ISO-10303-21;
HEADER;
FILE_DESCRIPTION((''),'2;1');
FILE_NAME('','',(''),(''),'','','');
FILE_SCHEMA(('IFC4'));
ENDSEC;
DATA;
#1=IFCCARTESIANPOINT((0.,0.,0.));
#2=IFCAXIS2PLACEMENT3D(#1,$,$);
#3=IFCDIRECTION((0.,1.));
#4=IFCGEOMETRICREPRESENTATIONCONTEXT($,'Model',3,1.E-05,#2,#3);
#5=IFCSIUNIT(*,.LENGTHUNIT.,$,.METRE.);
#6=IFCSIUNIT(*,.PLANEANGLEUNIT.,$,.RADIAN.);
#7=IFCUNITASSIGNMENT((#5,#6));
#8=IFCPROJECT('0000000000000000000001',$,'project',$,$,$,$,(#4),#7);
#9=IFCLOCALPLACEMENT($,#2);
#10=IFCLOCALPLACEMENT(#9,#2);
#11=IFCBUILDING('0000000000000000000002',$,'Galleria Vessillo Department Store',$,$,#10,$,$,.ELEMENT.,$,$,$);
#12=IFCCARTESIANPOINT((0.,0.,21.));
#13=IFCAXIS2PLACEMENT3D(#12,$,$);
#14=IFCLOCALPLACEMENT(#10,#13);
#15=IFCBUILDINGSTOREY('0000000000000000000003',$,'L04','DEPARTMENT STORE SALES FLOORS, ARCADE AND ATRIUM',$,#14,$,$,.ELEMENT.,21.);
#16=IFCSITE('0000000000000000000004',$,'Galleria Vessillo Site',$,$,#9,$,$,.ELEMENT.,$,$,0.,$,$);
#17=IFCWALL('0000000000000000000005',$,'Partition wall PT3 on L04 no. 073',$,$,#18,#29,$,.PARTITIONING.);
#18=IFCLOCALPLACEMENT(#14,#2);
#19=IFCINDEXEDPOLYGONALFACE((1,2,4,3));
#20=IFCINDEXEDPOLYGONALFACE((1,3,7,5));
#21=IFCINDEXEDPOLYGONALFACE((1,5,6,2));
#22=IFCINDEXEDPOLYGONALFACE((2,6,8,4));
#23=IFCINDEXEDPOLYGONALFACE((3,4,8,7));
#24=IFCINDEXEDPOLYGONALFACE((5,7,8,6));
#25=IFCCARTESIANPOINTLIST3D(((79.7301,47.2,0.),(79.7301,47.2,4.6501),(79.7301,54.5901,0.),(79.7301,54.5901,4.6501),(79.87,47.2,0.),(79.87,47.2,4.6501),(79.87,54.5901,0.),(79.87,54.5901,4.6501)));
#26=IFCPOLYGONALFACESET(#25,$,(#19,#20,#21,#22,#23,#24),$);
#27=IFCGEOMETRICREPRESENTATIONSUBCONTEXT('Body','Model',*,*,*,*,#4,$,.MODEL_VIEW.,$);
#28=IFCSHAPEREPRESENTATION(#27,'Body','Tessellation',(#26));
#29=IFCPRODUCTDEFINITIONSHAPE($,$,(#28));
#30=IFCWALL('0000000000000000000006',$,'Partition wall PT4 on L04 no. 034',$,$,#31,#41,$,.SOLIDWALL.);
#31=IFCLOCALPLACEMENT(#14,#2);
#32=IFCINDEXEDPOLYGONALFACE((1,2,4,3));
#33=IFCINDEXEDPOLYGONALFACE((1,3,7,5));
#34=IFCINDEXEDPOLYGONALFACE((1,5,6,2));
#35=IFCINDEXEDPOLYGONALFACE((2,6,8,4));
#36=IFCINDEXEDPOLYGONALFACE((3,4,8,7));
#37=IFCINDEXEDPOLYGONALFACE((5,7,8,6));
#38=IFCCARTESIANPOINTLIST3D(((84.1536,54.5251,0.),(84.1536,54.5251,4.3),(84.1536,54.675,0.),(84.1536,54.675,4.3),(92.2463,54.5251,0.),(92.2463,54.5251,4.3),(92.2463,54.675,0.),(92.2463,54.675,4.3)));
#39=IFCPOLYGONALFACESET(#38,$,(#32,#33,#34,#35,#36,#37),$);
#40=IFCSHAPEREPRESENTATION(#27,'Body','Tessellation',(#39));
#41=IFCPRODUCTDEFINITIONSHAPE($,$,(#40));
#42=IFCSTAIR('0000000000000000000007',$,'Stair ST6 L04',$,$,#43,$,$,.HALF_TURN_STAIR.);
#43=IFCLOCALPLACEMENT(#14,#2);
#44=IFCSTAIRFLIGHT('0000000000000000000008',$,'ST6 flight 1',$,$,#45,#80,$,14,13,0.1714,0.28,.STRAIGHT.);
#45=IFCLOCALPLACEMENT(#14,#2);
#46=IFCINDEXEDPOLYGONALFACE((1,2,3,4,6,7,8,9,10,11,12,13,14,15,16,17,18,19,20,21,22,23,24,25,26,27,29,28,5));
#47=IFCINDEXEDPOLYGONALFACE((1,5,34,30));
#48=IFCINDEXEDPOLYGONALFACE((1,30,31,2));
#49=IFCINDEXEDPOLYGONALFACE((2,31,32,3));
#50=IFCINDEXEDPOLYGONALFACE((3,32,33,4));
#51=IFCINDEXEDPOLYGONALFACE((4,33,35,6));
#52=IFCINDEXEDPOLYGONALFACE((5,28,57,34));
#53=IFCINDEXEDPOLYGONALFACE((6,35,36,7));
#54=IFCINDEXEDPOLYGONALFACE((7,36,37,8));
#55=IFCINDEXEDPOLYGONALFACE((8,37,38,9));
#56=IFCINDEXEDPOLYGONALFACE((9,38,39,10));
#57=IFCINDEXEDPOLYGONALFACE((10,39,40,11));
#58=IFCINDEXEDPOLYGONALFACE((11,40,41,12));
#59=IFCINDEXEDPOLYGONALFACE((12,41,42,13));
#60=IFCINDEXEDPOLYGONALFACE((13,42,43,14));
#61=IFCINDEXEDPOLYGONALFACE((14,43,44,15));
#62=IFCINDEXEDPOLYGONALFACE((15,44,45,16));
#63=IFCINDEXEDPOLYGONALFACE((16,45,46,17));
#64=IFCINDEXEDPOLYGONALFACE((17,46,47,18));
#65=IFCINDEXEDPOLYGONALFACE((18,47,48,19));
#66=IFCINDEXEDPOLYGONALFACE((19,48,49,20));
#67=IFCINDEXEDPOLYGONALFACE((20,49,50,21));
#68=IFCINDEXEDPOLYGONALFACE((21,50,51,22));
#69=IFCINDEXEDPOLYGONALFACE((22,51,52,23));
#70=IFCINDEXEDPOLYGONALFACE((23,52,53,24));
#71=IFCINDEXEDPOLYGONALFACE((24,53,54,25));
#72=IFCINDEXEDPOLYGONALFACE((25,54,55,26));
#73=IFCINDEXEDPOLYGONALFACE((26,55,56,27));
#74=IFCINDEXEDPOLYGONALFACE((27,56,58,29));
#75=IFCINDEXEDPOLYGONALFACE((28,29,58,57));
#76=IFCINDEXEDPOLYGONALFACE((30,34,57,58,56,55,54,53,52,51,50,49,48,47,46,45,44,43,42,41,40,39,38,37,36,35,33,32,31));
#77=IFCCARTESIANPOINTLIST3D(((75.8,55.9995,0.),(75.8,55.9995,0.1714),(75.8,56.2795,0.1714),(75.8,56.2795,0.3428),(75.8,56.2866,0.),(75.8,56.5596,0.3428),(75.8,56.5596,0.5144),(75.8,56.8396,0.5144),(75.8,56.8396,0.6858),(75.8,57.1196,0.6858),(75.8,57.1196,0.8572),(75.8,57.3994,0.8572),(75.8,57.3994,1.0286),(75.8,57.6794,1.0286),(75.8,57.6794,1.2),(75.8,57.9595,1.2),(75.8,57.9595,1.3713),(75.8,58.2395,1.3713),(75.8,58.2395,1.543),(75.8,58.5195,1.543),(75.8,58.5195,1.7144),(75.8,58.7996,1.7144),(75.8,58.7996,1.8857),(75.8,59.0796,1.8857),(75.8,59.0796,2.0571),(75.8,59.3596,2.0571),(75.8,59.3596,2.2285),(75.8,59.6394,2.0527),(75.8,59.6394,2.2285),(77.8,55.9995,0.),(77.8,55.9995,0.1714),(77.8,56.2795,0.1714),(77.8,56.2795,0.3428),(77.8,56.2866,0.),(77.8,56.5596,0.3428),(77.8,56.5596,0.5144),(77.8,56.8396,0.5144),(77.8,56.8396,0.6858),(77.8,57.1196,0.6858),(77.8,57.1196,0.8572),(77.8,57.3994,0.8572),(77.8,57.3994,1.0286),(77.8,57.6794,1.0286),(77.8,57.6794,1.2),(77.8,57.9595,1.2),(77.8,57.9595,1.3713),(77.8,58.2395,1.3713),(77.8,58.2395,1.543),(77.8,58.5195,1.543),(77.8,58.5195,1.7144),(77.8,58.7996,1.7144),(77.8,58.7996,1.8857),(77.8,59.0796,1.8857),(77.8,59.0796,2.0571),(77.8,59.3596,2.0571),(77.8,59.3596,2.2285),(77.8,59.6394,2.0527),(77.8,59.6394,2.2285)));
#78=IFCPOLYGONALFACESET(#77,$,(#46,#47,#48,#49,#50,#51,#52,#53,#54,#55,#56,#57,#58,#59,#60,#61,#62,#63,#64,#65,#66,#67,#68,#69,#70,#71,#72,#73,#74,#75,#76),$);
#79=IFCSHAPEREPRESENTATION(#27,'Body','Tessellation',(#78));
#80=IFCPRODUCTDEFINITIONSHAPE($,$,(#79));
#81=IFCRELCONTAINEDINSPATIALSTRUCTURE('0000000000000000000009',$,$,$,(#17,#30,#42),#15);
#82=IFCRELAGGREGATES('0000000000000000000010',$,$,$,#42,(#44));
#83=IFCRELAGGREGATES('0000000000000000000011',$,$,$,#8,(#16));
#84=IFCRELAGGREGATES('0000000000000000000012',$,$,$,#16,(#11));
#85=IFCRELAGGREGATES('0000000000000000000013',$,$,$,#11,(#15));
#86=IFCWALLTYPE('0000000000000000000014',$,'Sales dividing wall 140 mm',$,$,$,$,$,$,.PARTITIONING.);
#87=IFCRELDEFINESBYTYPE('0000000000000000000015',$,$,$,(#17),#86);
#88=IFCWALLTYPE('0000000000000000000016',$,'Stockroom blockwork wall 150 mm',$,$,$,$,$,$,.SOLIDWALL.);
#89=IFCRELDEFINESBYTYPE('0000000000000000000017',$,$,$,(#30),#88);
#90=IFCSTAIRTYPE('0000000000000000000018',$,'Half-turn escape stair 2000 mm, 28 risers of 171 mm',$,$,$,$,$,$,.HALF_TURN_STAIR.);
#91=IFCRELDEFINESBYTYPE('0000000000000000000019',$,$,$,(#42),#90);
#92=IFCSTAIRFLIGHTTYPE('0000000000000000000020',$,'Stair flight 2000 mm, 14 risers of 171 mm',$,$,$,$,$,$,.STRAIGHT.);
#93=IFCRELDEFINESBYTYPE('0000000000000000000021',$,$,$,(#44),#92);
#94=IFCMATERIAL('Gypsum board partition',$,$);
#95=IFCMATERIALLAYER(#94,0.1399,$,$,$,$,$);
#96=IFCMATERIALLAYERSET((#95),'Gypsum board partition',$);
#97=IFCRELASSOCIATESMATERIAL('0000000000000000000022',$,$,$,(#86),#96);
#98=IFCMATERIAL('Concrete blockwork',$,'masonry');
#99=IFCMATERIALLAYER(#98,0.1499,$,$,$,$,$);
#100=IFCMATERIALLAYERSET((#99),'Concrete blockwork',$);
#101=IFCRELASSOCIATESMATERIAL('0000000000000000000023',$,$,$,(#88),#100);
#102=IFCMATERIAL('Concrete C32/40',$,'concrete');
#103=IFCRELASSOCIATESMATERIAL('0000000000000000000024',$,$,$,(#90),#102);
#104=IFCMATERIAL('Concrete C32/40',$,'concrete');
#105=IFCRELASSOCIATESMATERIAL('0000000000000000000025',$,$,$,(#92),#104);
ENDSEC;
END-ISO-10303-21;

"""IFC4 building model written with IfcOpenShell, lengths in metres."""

from ifc_helpers import new_model, si_unit, direction, frame, frame_2d, origin, place, context, subcontext, project, spatial, polyline, rectangle, outline, extrude, material, layer, layer_set, type_object, element, aggregate, save


model = new_model("IFC4")

# Units and contexts
model_context = context("Model", 3, precision=1e-05, world=origin(), true_north=direction((0.0, 1.0)))
body_context = subcontext(model_context, "Body", "Model", "MODEL_VIEW")
ifc_project = project(units=[si_unit("LENGTHUNIT", "METRE"), si_unit("PLANEANGLEUNIT", "RADIAN")], contexts=[model_context])

# Site, building, storey
site_placement = place(None, origin())
site = spatial("IfcSite", under=ifc_project, at=site_placement, Name="Galleria Vessillo Site", CompositionType="ELEMENT", RefElevation=0.0)
building_placement = place(site_placement, origin())
building = spatial("IfcBuilding", under=site, at=building_placement, Name="Galleria Vessillo Department Store", CompositionType="ELEMENT")
storey_placement = place(building_placement, frame((0.0, 0.0, 21.0)))
storey = spatial("IfcBuildingStorey", under=building, at=storey_placement, Name="L04", Description="DEPARTMENT STORE SALES FLOORS, ARCADE AND ATRIUM", CompositionType="ELEMENT", Elevation=21.0)

# Walls
ifc_material_1 = material(Name="Gypsum board partition")
ifc_layer_1 = layer(ifc_material_1, 0.1399)
ifc_layer_set_1 = layer_set([ifc_layer_1], Name="Gypsum board partition")
wall_type_1 = type_object("IfcWallType", Name="Sales dividing wall 140 mm", PredefinedType="PARTITIONING", material=ifc_layer_set_1)
wall_1_placement = place(storey_placement, frame((79.8, 47.2, 0.0), z_axis=(0.0, 0.0, 1.0), x_axis=(0.0, 1.0, 0.0)))
element("IfcWall", 1, at=wall_1_placement, inside=storey, type_object=wall_type_1, Name="Partition wall PT3 on L04 no. 073", PredefinedType="PARTITIONING", context=body_context, shape_type="SweptSolid", body=[
    extrude(rectangle(XDim=7.3901, YDim=0.1399, at=frame_2d((3.6951, 0.0))), origin(), (0.0, 0.0, 1.0), 4.6501),
])
ifc_material_2 = material(Name="Concrete blockwork", Category="masonry")
ifc_layer_2 = layer(ifc_material_2, 0.1499)
ifc_layer_set_2 = layer_set([ifc_layer_2], Name="Concrete blockwork")
wall_type_2 = type_object("IfcWallType", Name="Stockroom blockwork wall 150 mm", PredefinedType="SOLIDWALL", material=ifc_layer_set_2)
wall_2_placement = place(storey_placement, frame((84.1536, 54.6001, 0.0), z_axis=(0.0, 0.0, 1.0), x_axis=(1.0, 0.0, 0.0)))
element("IfcWall", 2, at=wall_2_placement, inside=storey, type_object=wall_type_2, Name="Partition wall PT4 on L04 no. 034", PredefinedType="SOLIDWALL", context=body_context, shape_type="SweptSolid", body=[
    extrude(rectangle(XDim=8.0928, YDim=0.1499, at=frame_2d((4.0464, 0.0))), origin(), (0.0, 0.0, 1.0), 4.3),
])

# Stair, stair flight
ifc_material_3 = material(Name="Concrete C32/40", Category="concrete")
stair_type = type_object("IfcStairType", Name="Half-turn escape stair 2000 mm, 28 risers of 171 mm", PredefinedType="HALF_TURN_STAIR", material=ifc_material_3)
stair_placement = place(storey_placement, origin())
stair = element("IfcStair", 3, at=stair_placement, inside=storey, type_object=stair_type, Name="Stair ST6 L04", PredefinedType="HALF_TURN_STAIR")
ifc_material_4 = material(Name="Concrete C32/40", Category="concrete")
stair_flight_type = type_object("IfcStairFlightType", Name="Stair flight 2000 mm, 14 risers of 171 mm", PredefinedType="STRAIGHT", material=ifc_material_4)
stair_flight_placement = place(storey_placement, frame((76.8, 55.9995, 0.0), z_axis=(0.0, 0.0, 1.0), x_axis=(0.0, 1.0, 0.0)))
stair_flight = element("IfcStairFlight", 4, at=stair_flight_placement, type_object=stair_flight_type, Name="ST6 flight 1", NumberOfRisers=14, NumberOfTreads=13, PredefinedType="STRAIGHT", RiserHeight=0.1714, TreadLength=0.28, context=body_context, shape_type="SweptSolid", body=[
    extrude(outline(polyline([(0.0, 0.0), (0.0, 0.1714), (0.28, 0.1714), (0.28, 0.3428), (0.5601, 0.3428), (0.5601, 0.5144), (0.8401, 0.5144), (0.8401, 0.6858), (1.1201, 0.6858), (1.1201, 0.8572), (1.3999, 0.8572), (1.3999, 1.0286), (1.6799, 1.0286), (1.6799, 1.2), (1.96, 1.2), (1.96, 1.3713), (2.24, 1.3713), (2.24, 1.543), (2.52, 1.543), (2.52, 1.7144), (2.8, 1.7144), (2.8, 1.8857), (3.0801, 1.8857), (3.0801, 2.0571), (3.3601, 2.0571), (3.3601, 2.2285), (3.6399, 2.2285), (3.6399, 2.3999), (3.6399, 2.0527), (0.2871, 0.0), (0.0, 0.0)])), frame((0.0, 1.0, 0.0), z_axis=(0.0, -1.0, 0.0), x_axis=(1.0, 0.0, 0.0)), (0.0, 0.0, 1.0), 2.0),
])
aggregate(stair, [stair_flight])

save(model, "model.ifc")
